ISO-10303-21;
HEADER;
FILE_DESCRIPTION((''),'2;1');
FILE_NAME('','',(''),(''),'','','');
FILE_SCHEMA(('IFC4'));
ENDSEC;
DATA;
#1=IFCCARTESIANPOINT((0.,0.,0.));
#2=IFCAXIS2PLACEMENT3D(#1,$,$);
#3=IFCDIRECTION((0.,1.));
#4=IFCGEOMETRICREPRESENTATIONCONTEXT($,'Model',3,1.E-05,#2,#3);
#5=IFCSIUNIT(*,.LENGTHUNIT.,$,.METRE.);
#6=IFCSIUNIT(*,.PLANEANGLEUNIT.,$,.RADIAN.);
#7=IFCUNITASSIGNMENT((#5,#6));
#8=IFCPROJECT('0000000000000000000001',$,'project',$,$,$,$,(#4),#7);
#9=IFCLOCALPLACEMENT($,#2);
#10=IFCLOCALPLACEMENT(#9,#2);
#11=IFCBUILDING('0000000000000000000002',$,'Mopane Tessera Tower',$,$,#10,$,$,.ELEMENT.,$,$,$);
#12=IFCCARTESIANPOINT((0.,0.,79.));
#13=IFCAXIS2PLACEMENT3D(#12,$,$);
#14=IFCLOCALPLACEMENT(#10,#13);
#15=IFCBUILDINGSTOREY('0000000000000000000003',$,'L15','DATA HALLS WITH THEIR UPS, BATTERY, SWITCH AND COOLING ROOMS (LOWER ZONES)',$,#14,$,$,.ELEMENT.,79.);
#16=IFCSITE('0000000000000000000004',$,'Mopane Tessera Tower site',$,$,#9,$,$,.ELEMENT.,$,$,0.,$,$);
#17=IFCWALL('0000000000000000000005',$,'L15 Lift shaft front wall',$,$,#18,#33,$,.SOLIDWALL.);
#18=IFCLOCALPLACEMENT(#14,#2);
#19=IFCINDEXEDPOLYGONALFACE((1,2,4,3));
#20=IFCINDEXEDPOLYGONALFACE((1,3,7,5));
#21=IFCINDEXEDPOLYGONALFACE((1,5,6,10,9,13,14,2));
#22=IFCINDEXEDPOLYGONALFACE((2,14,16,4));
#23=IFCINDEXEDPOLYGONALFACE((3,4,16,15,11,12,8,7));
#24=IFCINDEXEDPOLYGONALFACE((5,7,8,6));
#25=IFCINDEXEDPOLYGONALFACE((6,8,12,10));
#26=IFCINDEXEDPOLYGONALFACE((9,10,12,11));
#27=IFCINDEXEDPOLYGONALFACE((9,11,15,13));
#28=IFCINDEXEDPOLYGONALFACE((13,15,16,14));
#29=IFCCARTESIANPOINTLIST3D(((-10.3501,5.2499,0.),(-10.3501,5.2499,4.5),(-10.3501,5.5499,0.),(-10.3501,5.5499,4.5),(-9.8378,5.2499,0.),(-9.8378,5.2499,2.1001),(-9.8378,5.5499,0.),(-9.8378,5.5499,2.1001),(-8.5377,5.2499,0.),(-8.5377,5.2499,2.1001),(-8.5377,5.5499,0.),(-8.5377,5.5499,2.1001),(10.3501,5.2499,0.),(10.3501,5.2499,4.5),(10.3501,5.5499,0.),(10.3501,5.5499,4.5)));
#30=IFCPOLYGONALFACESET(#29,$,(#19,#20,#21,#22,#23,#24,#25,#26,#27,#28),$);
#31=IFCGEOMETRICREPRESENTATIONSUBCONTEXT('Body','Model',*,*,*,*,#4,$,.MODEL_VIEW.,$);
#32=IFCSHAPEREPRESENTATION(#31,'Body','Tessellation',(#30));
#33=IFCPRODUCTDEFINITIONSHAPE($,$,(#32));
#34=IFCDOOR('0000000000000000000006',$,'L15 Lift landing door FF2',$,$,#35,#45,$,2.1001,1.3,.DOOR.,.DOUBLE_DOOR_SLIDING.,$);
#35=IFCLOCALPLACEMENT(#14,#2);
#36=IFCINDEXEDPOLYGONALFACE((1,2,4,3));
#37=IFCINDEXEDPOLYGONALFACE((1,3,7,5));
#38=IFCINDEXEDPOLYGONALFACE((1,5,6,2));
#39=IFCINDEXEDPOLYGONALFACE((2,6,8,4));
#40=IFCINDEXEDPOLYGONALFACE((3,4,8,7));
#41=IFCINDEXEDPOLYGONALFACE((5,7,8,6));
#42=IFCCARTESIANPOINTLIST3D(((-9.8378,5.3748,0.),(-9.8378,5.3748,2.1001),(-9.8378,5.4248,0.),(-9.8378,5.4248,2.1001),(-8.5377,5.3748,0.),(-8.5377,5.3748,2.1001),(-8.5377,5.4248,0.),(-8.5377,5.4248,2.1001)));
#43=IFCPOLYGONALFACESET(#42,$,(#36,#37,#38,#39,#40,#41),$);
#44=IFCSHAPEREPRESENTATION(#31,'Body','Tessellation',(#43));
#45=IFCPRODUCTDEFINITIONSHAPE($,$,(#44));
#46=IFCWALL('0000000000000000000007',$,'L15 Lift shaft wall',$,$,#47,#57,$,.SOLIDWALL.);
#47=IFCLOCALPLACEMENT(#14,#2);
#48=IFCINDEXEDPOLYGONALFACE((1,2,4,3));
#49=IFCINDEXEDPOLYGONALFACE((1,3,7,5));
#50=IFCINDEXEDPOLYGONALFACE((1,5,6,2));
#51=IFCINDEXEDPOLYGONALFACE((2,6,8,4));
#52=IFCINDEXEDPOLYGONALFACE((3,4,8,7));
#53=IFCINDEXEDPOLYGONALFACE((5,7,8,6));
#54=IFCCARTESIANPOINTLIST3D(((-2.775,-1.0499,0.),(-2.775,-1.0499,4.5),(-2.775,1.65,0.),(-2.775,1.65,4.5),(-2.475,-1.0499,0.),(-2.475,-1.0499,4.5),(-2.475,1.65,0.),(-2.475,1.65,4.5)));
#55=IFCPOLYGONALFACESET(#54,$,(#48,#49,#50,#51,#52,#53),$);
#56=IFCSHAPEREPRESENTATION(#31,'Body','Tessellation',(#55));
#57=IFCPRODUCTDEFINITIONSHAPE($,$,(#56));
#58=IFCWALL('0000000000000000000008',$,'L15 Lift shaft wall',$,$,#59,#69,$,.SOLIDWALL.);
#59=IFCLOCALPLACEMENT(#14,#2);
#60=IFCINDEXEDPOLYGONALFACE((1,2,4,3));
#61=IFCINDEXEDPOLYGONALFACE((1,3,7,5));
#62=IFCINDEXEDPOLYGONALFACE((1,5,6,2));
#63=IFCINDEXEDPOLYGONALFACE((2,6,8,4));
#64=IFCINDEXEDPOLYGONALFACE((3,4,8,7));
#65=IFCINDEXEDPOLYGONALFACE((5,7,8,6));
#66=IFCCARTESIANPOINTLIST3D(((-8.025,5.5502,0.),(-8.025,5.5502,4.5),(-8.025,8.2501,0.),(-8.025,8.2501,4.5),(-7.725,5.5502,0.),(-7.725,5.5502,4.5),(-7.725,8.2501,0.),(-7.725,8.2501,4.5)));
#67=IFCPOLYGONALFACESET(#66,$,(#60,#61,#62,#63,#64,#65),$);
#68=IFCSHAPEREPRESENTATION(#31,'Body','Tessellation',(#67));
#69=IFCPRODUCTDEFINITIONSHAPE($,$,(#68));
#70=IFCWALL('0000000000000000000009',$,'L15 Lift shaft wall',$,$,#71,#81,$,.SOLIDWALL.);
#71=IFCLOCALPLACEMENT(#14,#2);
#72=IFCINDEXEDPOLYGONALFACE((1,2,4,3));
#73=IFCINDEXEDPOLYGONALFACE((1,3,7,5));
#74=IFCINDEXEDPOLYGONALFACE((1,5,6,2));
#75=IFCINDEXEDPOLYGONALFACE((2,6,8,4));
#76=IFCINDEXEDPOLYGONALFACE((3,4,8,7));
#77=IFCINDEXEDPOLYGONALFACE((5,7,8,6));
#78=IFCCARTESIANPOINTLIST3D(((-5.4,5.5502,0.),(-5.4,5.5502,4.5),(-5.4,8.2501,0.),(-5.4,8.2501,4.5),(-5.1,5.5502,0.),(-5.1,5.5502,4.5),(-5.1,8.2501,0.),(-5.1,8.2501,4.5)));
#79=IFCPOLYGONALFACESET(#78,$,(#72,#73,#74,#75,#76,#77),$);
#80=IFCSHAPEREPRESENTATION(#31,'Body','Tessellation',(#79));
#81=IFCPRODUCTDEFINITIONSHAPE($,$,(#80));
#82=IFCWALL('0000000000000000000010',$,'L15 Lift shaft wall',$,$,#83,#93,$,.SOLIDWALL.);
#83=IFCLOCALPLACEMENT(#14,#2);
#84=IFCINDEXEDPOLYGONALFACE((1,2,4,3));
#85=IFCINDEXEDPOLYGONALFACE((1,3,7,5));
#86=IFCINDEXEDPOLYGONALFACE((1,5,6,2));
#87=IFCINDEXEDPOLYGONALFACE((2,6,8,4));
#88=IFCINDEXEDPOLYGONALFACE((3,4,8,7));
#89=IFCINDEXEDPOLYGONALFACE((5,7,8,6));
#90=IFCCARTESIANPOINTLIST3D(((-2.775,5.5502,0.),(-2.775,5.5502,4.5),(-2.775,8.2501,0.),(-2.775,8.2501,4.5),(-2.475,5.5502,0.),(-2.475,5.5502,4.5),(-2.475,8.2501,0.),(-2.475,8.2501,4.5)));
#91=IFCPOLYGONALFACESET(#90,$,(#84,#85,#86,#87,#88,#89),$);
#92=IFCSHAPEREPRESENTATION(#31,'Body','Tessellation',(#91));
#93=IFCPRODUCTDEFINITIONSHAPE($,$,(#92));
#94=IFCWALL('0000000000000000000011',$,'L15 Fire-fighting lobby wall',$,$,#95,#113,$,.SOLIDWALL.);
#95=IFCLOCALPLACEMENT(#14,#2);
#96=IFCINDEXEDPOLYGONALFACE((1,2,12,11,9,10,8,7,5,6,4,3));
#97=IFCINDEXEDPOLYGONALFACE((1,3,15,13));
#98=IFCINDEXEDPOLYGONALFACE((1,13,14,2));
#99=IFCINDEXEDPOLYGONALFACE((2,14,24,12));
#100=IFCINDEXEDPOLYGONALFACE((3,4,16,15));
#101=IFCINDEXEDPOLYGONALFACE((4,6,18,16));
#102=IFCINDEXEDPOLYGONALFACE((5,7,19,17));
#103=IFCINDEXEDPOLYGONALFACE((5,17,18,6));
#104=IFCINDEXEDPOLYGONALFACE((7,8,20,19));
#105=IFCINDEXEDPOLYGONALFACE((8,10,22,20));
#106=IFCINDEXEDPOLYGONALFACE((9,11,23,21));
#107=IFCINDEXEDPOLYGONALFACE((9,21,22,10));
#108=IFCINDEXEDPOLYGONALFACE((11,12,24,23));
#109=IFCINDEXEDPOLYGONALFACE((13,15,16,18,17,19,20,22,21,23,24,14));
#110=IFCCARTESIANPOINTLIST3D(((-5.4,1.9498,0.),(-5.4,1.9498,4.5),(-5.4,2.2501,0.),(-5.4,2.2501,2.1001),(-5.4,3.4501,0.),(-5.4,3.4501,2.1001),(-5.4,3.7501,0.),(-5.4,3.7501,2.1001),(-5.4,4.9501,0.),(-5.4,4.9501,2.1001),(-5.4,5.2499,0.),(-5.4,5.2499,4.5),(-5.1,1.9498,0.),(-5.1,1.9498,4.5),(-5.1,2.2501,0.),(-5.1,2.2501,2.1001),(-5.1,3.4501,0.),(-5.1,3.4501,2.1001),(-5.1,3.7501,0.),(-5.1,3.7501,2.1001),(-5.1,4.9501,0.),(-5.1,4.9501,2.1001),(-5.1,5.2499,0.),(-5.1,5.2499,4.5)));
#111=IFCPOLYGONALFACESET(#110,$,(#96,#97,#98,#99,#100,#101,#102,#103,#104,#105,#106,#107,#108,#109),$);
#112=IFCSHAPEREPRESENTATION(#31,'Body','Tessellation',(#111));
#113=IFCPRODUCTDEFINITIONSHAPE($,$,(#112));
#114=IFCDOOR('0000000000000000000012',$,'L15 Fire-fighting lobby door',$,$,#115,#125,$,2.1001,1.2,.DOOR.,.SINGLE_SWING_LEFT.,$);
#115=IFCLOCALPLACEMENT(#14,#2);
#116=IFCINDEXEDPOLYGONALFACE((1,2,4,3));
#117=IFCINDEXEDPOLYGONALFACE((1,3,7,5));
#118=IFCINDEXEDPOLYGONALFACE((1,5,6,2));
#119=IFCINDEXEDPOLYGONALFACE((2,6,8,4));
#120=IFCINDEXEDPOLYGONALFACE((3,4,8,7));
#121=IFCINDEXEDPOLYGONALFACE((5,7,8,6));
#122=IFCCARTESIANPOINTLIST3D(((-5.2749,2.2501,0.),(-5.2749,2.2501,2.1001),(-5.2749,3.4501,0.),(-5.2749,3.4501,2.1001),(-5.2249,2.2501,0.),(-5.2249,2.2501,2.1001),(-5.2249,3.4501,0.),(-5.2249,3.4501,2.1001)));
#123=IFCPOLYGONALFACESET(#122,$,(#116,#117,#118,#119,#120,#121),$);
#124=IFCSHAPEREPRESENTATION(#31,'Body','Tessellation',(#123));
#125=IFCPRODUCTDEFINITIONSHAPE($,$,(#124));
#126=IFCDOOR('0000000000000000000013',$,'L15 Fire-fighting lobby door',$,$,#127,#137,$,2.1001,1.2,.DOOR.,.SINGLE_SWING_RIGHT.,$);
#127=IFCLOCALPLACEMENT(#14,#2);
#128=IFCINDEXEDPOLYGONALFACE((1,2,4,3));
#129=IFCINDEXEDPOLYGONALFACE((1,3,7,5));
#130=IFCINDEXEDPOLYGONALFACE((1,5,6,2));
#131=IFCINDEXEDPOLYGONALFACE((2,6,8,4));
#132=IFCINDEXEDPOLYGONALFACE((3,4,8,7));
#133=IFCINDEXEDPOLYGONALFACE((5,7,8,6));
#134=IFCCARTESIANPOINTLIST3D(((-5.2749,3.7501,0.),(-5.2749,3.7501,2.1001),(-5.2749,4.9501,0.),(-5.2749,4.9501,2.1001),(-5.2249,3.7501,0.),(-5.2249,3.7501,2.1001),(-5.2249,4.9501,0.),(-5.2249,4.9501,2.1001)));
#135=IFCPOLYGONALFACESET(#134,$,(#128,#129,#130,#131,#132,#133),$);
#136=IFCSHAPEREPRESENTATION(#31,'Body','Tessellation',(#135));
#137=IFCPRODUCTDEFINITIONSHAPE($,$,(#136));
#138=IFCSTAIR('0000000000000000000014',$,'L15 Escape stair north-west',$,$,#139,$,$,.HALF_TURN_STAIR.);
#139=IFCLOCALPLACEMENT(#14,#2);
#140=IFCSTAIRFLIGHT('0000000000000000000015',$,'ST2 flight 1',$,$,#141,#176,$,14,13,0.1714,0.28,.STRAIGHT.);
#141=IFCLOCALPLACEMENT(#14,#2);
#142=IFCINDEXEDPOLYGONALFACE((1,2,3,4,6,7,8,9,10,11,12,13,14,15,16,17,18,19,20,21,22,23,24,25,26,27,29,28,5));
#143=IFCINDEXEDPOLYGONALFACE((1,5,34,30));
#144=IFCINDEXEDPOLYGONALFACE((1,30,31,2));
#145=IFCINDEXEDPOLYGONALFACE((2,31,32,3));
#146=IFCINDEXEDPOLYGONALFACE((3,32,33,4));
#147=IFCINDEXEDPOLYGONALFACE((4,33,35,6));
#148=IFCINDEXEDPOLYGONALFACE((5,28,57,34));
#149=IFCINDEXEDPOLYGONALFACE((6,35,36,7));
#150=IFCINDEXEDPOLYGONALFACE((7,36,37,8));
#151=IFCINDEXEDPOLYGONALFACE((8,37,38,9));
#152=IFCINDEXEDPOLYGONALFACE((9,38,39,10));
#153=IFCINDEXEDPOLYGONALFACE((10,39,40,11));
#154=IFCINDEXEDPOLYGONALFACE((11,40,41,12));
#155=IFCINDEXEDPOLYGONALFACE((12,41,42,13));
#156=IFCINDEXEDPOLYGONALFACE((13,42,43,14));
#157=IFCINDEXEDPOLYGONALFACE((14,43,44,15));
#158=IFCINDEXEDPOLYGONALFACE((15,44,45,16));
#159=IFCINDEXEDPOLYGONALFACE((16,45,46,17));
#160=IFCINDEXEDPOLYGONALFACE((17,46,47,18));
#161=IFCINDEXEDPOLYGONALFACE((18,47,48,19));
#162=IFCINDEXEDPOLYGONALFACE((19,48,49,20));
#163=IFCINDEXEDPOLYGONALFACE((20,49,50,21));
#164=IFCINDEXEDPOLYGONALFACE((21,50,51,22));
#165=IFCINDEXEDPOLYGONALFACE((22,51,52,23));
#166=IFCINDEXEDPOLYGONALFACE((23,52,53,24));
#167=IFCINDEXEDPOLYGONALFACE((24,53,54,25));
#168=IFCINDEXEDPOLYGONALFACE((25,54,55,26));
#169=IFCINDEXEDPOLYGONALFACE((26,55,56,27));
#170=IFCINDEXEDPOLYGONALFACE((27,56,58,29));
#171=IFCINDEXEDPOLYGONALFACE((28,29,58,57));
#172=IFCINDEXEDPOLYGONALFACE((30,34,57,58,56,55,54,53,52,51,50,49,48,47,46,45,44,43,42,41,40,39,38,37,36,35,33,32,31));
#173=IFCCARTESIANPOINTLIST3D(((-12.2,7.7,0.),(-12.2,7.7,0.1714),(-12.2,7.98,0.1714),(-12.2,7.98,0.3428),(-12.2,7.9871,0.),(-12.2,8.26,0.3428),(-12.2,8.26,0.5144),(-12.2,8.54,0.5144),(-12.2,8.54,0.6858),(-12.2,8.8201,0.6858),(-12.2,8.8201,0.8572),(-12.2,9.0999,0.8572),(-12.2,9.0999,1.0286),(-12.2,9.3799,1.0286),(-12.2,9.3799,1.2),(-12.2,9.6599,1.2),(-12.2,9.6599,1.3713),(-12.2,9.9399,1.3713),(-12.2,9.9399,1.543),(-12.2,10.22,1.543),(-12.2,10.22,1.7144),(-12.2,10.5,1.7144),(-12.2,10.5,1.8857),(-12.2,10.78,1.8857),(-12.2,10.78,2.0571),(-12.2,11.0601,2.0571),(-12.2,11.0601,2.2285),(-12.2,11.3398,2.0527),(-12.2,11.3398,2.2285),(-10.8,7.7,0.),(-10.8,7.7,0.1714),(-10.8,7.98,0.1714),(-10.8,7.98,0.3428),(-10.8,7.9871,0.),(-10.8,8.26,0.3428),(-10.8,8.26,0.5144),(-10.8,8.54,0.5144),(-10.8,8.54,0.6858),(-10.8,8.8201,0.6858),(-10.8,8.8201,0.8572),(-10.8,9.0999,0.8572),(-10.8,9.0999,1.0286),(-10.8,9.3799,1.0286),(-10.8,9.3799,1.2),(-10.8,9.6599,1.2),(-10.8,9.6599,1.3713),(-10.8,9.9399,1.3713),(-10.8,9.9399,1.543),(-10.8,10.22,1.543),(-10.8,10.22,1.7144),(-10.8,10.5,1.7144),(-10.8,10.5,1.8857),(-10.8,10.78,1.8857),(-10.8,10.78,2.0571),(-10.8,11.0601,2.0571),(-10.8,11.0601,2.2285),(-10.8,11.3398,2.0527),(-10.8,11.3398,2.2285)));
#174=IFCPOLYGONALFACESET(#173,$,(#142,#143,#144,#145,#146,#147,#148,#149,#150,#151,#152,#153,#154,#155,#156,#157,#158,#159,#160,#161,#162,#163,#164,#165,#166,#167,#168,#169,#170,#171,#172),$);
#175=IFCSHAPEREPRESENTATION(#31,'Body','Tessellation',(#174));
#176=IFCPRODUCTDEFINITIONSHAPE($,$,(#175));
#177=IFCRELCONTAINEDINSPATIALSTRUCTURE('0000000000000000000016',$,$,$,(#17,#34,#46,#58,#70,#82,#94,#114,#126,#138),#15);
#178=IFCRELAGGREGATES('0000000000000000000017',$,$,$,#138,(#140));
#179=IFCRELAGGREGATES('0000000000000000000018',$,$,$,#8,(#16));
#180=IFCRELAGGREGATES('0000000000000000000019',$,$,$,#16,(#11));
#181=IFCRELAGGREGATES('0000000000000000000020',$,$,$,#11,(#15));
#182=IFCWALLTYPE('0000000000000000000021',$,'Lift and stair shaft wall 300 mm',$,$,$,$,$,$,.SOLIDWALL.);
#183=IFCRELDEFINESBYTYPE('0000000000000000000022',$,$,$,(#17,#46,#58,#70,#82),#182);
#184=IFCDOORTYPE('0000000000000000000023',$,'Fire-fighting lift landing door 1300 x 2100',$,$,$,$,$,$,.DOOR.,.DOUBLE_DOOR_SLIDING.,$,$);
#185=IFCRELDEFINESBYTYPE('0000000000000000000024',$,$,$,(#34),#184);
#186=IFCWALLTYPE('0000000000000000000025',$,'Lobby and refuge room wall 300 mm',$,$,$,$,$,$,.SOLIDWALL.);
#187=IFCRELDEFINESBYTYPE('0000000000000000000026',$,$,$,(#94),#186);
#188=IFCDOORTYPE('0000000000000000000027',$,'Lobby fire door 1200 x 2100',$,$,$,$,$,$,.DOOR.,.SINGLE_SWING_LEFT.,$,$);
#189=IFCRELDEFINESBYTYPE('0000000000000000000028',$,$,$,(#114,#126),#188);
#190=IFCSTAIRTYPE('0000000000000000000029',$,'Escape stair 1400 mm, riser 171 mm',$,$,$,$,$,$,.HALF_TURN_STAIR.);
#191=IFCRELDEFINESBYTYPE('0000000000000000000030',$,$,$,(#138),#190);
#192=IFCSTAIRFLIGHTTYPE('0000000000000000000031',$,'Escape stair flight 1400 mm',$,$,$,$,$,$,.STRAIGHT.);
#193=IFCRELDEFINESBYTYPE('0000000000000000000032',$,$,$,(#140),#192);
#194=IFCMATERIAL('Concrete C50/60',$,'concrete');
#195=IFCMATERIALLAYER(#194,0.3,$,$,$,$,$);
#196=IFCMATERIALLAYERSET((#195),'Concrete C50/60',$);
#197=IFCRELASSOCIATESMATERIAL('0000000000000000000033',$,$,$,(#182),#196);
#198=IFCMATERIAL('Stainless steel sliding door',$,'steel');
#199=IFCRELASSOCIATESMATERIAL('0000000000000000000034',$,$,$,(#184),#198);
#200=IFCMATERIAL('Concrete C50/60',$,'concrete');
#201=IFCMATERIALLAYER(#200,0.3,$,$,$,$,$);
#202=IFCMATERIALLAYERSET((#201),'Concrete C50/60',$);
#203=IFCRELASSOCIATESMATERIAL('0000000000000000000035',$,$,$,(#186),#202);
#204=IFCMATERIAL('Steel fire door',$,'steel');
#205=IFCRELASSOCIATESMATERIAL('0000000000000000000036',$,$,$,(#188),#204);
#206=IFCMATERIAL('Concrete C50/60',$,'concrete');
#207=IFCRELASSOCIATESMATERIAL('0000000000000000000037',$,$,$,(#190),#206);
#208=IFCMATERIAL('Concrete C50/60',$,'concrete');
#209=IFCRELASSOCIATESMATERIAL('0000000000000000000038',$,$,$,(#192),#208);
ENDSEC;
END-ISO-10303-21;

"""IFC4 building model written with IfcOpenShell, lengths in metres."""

from ifc_helpers import new_model, si_unit, direction, frame, frame_2d, origin, place, context, subcontext, project, spatial, polyline, rectangle, outline, extrude, material, layer, layer_set, type_object, element, fill, aggregate, save


model = new_model("IFC4")

# Units and contexts
model_context = context("Model", 3, precision=1e-05, world=origin(), true_north=direction((0.0, 1.0)))
body_context = subcontext(model_context, "Body", "Model", "MODEL_VIEW")
ifc_project = project(units=[si_unit("LENGTHUNIT", "METRE"), si_unit("PLANEANGLEUNIT", "RADIAN")], contexts=[model_context])

# Site, building, storey
site_placement = place(None, origin())
site = spatial("IfcSite", under=ifc_project, at=site_placement, Name="Mopane Tessera Tower site", CompositionType="ELEMENT", RefElevation=0.0)
building_placement = place(site_placement, origin())
building = spatial("IfcBuilding", under=site, at=building_placement, Name="Mopane Tessera Tower", CompositionType="ELEMENT")
storey_placement = place(building_placement, frame((0.0, 0.0, 79.0)))
storey = spatial("IfcBuildingStorey", under=building, at=storey_placement, Name="L15", Description="DATA HALLS WITH THEIR UPS, BATTERY, SWITCH AND COOLING ROOMS (LOWER ZONES)", CompositionType="ELEMENT", Elevation=79.0)

# Shared definitions
ifc_material_1 = material(Name="Concrete C50/60", Category="concrete")
ifc_layer_1 = layer(ifc_material_1, 0.3)
ifc_layer_set_1 = layer_set([ifc_layer_1], Name="Concrete C50/60")
wall_type_1 = type_object("IfcWallType", Name="Lift and stair shaft wall 300 mm", PredefinedType="SOLIDWALL", material=ifc_layer_set_1)

# Shared definitions
ifc_material_2 = material(Name="Stainless steel sliding door", Category="steel")
door_type_1 = type_object("IfcDoorType", Name="Fire-fighting lift landing door 1300 x 2100", OperationType="DOUBLE_DOOR_SLIDING", PredefinedType="DOOR", material=ifc_material_2)

# Wall, opening, door
wall_1_placement = place(storey_placement, frame((-10.3501, 5.3999, 0.0), z_axis=(0.0, 0.0, 1.0), x_axis=(1.0, 0.0, 0.0)))
wall_1 = element("IfcWall", 1, at=wall_1_placement, inside=storey, type_object=wall_type_1, Name="L15 Lift shaft front wall", PredefinedType="SOLIDWALL", context=body_context, shape_type="SweptSolid", body=[
    extrude(rectangle(XDim=20.7002, YDim=0.3, at=frame_2d((10.3501, 0.0))), origin(), (0.0, 0.0, 1.0), 4.5),
])
opening_1_placement = place(wall_1_placement, frame((0.5125, 0.0, 0.0)))
opening_1 = element("IfcOpeningElement", 2, at=opening_1_placement, cuts=wall_1, PredefinedType="OPENING", context=body_context, shape_type="SweptSolid", body=[
    extrude(rectangle(XDim=1.3, YDim=2.1001, at=frame_2d((0.6499, 1.05))), frame((0.0, 0.1621, 0.0), z_axis=(0.0, -1.0, 0.0), x_axis=(1.0, 0.0, 0.0)), (0.0, 0.0, 1.0), 0.324),
])
door_1_placement = place(opening_1_placement, origin())
door_1 = element("IfcDoor", 3, at=door_1_placement, inside=storey, type_object=door_type_1, Name="L15 Lift landing door FF2", OperationType="DOUBLE_DOOR_SLIDING", OverallHeight=2.1001, OverallWidth=1.3, PredefinedType="DOOR", context=body_context, shape_type="SweptSolid", body=[
    extrude(rectangle(XDim=1.3, YDim=2.1001, at=frame_2d((0.6499, 1.05))), frame((0.0, 0.0249, 0.0), z_axis=(0.0, -1.0, 0.0), x_axis=(1.0, 0.0, 0.0)), (0.0, 0.0, 1.0), 0.05),
])
fill(opening_1, door_1)

# Walls
for number, where, z_axis, x_axis, name in (
    (4, (-2.625, -1.05, 0.0), (0.0, 0.0, 1.0), (0.0, 1.0, 0.0), "L15 Lift shaft wall"),
    (5, (-7.875, 5.55, 0.0), (0.0, 0.0, 1.0), (0.0, 1.0, 0.0), "L15 Lift shaft wall"),
    (6, (-5.25, 5.55, 0.0), (0.0, 0.0, 1.0), (0.0, 1.0, 0.0), "L15 Lift shaft wall"),
    (7, (-2.625, 5.55, 0.0), (0.0, 0.0, 1.0), (0.0, 1.0, 0.0), "L15 Lift shaft wall"),
):
    element("IfcWall", number, at=place(storey_placement, frame(where, z_axis=z_axis, x_axis=x_axis)), inside=storey, type_object=wall_type_1, Name=name, PredefinedType="SOLIDWALL", context=body_context, shape_type="SweptSolid", body=[
        extrude(rectangle(XDim=2.7, YDim=0.3, at=frame_2d((1.3501, 0.0))), origin(), (0.0, 0.0, 1.0), 4.5),
    ])

# Wall, openings, doors
ifc_material_3 = material(Name="Concrete C50/60", Category="concrete")
ifc_layer_2 = layer(ifc_material_3, 0.3)
ifc_layer_set_2 = layer_set([ifc_layer_2], Name="Concrete C50/60")
wall_type_2 = type_object("IfcWallType", Name="Lobby and refuge room wall 300 mm", PredefinedType="SOLIDWALL", material=ifc_layer_set_2)
wall_2_placement = place(storey_placement, frame((-5.25, 1.95, 0.0), z_axis=(0.0, 0.0, 1.0), x_axis=(0.0, 1.0, 0.0)))
wall_2 = element("IfcWall", 8, at=wall_2_placement, inside=storey, type_object=wall_type_2, Name="L15 Fire-fighting lobby wall", PredefinedType="SOLIDWALL", context=body_context, shape_type="SweptSolid", body=[
    extrude(rectangle(XDim=3.3, YDim=0.3, at=frame_2d((1.6499, 0.0))), origin(), (0.0, 0.0, 1.0), 4.5),
])
opening_2_placement = place(wall_2_placement, frame((0.3, 0.0, 0.0)))
opening_2 = element("IfcOpeningElement", 9, at=opening_2_placement, cuts=wall_2, PredefinedType="OPENING", context=body_context, shape_type="SweptSolid", body=[
    extrude(rectangle(XDim=1.2, YDim=2.1001, at=frame_2d((0.6001, 1.05))), frame((0.0, 0.1621, 0.0), z_axis=(0.0, -1.0, 0.0), x_axis=(1.0, 0.0, 0.0)), (0.0, 0.0, 1.0), 0.324),
])
opening_3_placement = place(wall_2_placement, frame((1.8, 0.0, 0.0)))
opening_3 = element("IfcOpeningElement", 10, at=opening_3_placement, cuts=wall_2, PredefinedType="OPENING", context=body_context, shape_type="SweptSolid", body=[
    extrude(rectangle(XDim=1.2, YDim=2.1001, at=frame_2d((0.6001, 1.05))), frame((0.0, 0.1621, 0.0), z_axis=(0.0, -1.0, 0.0), x_axis=(1.0, 0.0, 0.0)), (0.0, 0.0, 1.0), 0.324),
])
ifc_material_4 = material(Name="Steel fire door", Category="steel")
door_type_2 = type_object("IfcDoorType", Name="Lobby fire door 1200 x 2100", OperationType="SINGLE_SWING_LEFT", PredefinedType="DOOR", material=ifc_material_4)
door_2_placement = place(opening_2_placement, origin())
door_2 = element("IfcDoor", 11, at=door_2_placement, inside=storey, type_object=door_type_2, Name="L15 Fire-fighting lobby door", OperationType="SINGLE_SWING_LEFT", OverallHeight=2.1001, OverallWidth=1.2, PredefinedType="DOOR", context=body_context, shape_type="SweptSolid", body=[
    extrude(rectangle(XDim=1.2, YDim=2.1001, at=frame_2d((0.6001, 1.05))), frame((0.0, 0.0249, 0.0), z_axis=(0.0, -1.0, 0.0), x_axis=(1.0, 0.0, 0.0)), (0.0, 0.0, 1.0), 0.05),
])
fill(opening_2, door_2)
door_3_placement = place(opening_3_placement, origin())
door_3 = element("IfcDoor", 12, at=door_3_placement, inside=storey, type_object=door_type_2, Name="L15 Fire-fighting lobby door", OperationType="SINGLE_SWING_RIGHT", OverallHeight=2.1001, OverallWidth=1.2, PredefinedType="DOOR", context=body_context, shape_type="SweptSolid", body=[
    extrude(rectangle(XDim=1.2, YDim=2.1001, at=frame_2d((0.6001, 1.05))), frame((0.0, 0.0249, 0.0), z_axis=(0.0, -1.0, 0.0), x_axis=(1.0, 0.0, 0.0)), (0.0, 0.0, 1.0), 0.05),
])
fill(opening_3, door_3)

# Stair, stair flight
ifc_material_5 = material(Name="Concrete C50/60", Category="concrete")
stair_type = type_object("IfcStairType", Name="Escape stair 1400 mm, riser 171 mm", PredefinedType="HALF_TURN_STAIR", material=ifc_material_5)
stair_placement = place(storey_placement, origin())
stair = element("IfcStair", 13, at=stair_placement, inside=storey, type_object=stair_type, Name="L15 Escape stair north-west", PredefinedType="HALF_TURN_STAIR")
ifc_material_6 = material(Name="Concrete C50/60", Category="concrete")
stair_flight_type = type_object("IfcStairFlightType", Name="Escape stair flight 1400 mm", PredefinedType="STRAIGHT", material=ifc_material_6)
stair_flight_placement = place(storey_placement, frame((-11.5, 7.7, 0.0), z_axis=(0.0, 0.0, 1.0), x_axis=(0.0, 1.0, 0.0)))
stair_flight = element("IfcStairFlight", 14, at=stair_flight_placement, type_object=stair_flight_type, Name="ST2 flight 1", NumberOfRisers=14, NumberOfTreads=13, PredefinedType="STRAIGHT", RiserHeight=0.1714, TreadLength=0.28, context=body_context, shape_type="SweptSolid", body=[
    extrude(outline(polyline([(0.0, 0.0), (0.0, 0.1714), (0.28, 0.1714), (0.28, 0.3428), (0.5601, 0.3428), (0.5601, 0.5144), (0.8401, 0.5144), (0.8401, 0.6858), (1.1201, 0.6858), (1.1201, 0.8572), (1.3999, 0.8572), (1.3999, 1.0286), (1.6799, 1.0286), (1.6799, 1.2), (1.96, 1.2), (1.96, 1.3713), (2.24, 1.3713), (2.24, 1.543), (2.52, 1.543), (2.52, 1.7144), (2.8, 1.7144), (2.8, 1.8857), (3.0801, 1.8857), (3.0801, 2.0571), (3.3601, 2.0571), (3.3601, 2.2285), (3.6399, 2.2285), (3.6399, 2.3999), (3.6399, 2.0527), (0.2871, 0.0), (0.0, 0.0)])), frame((0.0, 0.7, 0.0), z_axis=(0.0, -1.0, 0.0), x_axis=(1.0, 0.0, 0.0)), (0.0, 0.0, 1.0), 1.3999),
])
aggregate(stair, [stair_flight])

save(model, "model.ifc")
